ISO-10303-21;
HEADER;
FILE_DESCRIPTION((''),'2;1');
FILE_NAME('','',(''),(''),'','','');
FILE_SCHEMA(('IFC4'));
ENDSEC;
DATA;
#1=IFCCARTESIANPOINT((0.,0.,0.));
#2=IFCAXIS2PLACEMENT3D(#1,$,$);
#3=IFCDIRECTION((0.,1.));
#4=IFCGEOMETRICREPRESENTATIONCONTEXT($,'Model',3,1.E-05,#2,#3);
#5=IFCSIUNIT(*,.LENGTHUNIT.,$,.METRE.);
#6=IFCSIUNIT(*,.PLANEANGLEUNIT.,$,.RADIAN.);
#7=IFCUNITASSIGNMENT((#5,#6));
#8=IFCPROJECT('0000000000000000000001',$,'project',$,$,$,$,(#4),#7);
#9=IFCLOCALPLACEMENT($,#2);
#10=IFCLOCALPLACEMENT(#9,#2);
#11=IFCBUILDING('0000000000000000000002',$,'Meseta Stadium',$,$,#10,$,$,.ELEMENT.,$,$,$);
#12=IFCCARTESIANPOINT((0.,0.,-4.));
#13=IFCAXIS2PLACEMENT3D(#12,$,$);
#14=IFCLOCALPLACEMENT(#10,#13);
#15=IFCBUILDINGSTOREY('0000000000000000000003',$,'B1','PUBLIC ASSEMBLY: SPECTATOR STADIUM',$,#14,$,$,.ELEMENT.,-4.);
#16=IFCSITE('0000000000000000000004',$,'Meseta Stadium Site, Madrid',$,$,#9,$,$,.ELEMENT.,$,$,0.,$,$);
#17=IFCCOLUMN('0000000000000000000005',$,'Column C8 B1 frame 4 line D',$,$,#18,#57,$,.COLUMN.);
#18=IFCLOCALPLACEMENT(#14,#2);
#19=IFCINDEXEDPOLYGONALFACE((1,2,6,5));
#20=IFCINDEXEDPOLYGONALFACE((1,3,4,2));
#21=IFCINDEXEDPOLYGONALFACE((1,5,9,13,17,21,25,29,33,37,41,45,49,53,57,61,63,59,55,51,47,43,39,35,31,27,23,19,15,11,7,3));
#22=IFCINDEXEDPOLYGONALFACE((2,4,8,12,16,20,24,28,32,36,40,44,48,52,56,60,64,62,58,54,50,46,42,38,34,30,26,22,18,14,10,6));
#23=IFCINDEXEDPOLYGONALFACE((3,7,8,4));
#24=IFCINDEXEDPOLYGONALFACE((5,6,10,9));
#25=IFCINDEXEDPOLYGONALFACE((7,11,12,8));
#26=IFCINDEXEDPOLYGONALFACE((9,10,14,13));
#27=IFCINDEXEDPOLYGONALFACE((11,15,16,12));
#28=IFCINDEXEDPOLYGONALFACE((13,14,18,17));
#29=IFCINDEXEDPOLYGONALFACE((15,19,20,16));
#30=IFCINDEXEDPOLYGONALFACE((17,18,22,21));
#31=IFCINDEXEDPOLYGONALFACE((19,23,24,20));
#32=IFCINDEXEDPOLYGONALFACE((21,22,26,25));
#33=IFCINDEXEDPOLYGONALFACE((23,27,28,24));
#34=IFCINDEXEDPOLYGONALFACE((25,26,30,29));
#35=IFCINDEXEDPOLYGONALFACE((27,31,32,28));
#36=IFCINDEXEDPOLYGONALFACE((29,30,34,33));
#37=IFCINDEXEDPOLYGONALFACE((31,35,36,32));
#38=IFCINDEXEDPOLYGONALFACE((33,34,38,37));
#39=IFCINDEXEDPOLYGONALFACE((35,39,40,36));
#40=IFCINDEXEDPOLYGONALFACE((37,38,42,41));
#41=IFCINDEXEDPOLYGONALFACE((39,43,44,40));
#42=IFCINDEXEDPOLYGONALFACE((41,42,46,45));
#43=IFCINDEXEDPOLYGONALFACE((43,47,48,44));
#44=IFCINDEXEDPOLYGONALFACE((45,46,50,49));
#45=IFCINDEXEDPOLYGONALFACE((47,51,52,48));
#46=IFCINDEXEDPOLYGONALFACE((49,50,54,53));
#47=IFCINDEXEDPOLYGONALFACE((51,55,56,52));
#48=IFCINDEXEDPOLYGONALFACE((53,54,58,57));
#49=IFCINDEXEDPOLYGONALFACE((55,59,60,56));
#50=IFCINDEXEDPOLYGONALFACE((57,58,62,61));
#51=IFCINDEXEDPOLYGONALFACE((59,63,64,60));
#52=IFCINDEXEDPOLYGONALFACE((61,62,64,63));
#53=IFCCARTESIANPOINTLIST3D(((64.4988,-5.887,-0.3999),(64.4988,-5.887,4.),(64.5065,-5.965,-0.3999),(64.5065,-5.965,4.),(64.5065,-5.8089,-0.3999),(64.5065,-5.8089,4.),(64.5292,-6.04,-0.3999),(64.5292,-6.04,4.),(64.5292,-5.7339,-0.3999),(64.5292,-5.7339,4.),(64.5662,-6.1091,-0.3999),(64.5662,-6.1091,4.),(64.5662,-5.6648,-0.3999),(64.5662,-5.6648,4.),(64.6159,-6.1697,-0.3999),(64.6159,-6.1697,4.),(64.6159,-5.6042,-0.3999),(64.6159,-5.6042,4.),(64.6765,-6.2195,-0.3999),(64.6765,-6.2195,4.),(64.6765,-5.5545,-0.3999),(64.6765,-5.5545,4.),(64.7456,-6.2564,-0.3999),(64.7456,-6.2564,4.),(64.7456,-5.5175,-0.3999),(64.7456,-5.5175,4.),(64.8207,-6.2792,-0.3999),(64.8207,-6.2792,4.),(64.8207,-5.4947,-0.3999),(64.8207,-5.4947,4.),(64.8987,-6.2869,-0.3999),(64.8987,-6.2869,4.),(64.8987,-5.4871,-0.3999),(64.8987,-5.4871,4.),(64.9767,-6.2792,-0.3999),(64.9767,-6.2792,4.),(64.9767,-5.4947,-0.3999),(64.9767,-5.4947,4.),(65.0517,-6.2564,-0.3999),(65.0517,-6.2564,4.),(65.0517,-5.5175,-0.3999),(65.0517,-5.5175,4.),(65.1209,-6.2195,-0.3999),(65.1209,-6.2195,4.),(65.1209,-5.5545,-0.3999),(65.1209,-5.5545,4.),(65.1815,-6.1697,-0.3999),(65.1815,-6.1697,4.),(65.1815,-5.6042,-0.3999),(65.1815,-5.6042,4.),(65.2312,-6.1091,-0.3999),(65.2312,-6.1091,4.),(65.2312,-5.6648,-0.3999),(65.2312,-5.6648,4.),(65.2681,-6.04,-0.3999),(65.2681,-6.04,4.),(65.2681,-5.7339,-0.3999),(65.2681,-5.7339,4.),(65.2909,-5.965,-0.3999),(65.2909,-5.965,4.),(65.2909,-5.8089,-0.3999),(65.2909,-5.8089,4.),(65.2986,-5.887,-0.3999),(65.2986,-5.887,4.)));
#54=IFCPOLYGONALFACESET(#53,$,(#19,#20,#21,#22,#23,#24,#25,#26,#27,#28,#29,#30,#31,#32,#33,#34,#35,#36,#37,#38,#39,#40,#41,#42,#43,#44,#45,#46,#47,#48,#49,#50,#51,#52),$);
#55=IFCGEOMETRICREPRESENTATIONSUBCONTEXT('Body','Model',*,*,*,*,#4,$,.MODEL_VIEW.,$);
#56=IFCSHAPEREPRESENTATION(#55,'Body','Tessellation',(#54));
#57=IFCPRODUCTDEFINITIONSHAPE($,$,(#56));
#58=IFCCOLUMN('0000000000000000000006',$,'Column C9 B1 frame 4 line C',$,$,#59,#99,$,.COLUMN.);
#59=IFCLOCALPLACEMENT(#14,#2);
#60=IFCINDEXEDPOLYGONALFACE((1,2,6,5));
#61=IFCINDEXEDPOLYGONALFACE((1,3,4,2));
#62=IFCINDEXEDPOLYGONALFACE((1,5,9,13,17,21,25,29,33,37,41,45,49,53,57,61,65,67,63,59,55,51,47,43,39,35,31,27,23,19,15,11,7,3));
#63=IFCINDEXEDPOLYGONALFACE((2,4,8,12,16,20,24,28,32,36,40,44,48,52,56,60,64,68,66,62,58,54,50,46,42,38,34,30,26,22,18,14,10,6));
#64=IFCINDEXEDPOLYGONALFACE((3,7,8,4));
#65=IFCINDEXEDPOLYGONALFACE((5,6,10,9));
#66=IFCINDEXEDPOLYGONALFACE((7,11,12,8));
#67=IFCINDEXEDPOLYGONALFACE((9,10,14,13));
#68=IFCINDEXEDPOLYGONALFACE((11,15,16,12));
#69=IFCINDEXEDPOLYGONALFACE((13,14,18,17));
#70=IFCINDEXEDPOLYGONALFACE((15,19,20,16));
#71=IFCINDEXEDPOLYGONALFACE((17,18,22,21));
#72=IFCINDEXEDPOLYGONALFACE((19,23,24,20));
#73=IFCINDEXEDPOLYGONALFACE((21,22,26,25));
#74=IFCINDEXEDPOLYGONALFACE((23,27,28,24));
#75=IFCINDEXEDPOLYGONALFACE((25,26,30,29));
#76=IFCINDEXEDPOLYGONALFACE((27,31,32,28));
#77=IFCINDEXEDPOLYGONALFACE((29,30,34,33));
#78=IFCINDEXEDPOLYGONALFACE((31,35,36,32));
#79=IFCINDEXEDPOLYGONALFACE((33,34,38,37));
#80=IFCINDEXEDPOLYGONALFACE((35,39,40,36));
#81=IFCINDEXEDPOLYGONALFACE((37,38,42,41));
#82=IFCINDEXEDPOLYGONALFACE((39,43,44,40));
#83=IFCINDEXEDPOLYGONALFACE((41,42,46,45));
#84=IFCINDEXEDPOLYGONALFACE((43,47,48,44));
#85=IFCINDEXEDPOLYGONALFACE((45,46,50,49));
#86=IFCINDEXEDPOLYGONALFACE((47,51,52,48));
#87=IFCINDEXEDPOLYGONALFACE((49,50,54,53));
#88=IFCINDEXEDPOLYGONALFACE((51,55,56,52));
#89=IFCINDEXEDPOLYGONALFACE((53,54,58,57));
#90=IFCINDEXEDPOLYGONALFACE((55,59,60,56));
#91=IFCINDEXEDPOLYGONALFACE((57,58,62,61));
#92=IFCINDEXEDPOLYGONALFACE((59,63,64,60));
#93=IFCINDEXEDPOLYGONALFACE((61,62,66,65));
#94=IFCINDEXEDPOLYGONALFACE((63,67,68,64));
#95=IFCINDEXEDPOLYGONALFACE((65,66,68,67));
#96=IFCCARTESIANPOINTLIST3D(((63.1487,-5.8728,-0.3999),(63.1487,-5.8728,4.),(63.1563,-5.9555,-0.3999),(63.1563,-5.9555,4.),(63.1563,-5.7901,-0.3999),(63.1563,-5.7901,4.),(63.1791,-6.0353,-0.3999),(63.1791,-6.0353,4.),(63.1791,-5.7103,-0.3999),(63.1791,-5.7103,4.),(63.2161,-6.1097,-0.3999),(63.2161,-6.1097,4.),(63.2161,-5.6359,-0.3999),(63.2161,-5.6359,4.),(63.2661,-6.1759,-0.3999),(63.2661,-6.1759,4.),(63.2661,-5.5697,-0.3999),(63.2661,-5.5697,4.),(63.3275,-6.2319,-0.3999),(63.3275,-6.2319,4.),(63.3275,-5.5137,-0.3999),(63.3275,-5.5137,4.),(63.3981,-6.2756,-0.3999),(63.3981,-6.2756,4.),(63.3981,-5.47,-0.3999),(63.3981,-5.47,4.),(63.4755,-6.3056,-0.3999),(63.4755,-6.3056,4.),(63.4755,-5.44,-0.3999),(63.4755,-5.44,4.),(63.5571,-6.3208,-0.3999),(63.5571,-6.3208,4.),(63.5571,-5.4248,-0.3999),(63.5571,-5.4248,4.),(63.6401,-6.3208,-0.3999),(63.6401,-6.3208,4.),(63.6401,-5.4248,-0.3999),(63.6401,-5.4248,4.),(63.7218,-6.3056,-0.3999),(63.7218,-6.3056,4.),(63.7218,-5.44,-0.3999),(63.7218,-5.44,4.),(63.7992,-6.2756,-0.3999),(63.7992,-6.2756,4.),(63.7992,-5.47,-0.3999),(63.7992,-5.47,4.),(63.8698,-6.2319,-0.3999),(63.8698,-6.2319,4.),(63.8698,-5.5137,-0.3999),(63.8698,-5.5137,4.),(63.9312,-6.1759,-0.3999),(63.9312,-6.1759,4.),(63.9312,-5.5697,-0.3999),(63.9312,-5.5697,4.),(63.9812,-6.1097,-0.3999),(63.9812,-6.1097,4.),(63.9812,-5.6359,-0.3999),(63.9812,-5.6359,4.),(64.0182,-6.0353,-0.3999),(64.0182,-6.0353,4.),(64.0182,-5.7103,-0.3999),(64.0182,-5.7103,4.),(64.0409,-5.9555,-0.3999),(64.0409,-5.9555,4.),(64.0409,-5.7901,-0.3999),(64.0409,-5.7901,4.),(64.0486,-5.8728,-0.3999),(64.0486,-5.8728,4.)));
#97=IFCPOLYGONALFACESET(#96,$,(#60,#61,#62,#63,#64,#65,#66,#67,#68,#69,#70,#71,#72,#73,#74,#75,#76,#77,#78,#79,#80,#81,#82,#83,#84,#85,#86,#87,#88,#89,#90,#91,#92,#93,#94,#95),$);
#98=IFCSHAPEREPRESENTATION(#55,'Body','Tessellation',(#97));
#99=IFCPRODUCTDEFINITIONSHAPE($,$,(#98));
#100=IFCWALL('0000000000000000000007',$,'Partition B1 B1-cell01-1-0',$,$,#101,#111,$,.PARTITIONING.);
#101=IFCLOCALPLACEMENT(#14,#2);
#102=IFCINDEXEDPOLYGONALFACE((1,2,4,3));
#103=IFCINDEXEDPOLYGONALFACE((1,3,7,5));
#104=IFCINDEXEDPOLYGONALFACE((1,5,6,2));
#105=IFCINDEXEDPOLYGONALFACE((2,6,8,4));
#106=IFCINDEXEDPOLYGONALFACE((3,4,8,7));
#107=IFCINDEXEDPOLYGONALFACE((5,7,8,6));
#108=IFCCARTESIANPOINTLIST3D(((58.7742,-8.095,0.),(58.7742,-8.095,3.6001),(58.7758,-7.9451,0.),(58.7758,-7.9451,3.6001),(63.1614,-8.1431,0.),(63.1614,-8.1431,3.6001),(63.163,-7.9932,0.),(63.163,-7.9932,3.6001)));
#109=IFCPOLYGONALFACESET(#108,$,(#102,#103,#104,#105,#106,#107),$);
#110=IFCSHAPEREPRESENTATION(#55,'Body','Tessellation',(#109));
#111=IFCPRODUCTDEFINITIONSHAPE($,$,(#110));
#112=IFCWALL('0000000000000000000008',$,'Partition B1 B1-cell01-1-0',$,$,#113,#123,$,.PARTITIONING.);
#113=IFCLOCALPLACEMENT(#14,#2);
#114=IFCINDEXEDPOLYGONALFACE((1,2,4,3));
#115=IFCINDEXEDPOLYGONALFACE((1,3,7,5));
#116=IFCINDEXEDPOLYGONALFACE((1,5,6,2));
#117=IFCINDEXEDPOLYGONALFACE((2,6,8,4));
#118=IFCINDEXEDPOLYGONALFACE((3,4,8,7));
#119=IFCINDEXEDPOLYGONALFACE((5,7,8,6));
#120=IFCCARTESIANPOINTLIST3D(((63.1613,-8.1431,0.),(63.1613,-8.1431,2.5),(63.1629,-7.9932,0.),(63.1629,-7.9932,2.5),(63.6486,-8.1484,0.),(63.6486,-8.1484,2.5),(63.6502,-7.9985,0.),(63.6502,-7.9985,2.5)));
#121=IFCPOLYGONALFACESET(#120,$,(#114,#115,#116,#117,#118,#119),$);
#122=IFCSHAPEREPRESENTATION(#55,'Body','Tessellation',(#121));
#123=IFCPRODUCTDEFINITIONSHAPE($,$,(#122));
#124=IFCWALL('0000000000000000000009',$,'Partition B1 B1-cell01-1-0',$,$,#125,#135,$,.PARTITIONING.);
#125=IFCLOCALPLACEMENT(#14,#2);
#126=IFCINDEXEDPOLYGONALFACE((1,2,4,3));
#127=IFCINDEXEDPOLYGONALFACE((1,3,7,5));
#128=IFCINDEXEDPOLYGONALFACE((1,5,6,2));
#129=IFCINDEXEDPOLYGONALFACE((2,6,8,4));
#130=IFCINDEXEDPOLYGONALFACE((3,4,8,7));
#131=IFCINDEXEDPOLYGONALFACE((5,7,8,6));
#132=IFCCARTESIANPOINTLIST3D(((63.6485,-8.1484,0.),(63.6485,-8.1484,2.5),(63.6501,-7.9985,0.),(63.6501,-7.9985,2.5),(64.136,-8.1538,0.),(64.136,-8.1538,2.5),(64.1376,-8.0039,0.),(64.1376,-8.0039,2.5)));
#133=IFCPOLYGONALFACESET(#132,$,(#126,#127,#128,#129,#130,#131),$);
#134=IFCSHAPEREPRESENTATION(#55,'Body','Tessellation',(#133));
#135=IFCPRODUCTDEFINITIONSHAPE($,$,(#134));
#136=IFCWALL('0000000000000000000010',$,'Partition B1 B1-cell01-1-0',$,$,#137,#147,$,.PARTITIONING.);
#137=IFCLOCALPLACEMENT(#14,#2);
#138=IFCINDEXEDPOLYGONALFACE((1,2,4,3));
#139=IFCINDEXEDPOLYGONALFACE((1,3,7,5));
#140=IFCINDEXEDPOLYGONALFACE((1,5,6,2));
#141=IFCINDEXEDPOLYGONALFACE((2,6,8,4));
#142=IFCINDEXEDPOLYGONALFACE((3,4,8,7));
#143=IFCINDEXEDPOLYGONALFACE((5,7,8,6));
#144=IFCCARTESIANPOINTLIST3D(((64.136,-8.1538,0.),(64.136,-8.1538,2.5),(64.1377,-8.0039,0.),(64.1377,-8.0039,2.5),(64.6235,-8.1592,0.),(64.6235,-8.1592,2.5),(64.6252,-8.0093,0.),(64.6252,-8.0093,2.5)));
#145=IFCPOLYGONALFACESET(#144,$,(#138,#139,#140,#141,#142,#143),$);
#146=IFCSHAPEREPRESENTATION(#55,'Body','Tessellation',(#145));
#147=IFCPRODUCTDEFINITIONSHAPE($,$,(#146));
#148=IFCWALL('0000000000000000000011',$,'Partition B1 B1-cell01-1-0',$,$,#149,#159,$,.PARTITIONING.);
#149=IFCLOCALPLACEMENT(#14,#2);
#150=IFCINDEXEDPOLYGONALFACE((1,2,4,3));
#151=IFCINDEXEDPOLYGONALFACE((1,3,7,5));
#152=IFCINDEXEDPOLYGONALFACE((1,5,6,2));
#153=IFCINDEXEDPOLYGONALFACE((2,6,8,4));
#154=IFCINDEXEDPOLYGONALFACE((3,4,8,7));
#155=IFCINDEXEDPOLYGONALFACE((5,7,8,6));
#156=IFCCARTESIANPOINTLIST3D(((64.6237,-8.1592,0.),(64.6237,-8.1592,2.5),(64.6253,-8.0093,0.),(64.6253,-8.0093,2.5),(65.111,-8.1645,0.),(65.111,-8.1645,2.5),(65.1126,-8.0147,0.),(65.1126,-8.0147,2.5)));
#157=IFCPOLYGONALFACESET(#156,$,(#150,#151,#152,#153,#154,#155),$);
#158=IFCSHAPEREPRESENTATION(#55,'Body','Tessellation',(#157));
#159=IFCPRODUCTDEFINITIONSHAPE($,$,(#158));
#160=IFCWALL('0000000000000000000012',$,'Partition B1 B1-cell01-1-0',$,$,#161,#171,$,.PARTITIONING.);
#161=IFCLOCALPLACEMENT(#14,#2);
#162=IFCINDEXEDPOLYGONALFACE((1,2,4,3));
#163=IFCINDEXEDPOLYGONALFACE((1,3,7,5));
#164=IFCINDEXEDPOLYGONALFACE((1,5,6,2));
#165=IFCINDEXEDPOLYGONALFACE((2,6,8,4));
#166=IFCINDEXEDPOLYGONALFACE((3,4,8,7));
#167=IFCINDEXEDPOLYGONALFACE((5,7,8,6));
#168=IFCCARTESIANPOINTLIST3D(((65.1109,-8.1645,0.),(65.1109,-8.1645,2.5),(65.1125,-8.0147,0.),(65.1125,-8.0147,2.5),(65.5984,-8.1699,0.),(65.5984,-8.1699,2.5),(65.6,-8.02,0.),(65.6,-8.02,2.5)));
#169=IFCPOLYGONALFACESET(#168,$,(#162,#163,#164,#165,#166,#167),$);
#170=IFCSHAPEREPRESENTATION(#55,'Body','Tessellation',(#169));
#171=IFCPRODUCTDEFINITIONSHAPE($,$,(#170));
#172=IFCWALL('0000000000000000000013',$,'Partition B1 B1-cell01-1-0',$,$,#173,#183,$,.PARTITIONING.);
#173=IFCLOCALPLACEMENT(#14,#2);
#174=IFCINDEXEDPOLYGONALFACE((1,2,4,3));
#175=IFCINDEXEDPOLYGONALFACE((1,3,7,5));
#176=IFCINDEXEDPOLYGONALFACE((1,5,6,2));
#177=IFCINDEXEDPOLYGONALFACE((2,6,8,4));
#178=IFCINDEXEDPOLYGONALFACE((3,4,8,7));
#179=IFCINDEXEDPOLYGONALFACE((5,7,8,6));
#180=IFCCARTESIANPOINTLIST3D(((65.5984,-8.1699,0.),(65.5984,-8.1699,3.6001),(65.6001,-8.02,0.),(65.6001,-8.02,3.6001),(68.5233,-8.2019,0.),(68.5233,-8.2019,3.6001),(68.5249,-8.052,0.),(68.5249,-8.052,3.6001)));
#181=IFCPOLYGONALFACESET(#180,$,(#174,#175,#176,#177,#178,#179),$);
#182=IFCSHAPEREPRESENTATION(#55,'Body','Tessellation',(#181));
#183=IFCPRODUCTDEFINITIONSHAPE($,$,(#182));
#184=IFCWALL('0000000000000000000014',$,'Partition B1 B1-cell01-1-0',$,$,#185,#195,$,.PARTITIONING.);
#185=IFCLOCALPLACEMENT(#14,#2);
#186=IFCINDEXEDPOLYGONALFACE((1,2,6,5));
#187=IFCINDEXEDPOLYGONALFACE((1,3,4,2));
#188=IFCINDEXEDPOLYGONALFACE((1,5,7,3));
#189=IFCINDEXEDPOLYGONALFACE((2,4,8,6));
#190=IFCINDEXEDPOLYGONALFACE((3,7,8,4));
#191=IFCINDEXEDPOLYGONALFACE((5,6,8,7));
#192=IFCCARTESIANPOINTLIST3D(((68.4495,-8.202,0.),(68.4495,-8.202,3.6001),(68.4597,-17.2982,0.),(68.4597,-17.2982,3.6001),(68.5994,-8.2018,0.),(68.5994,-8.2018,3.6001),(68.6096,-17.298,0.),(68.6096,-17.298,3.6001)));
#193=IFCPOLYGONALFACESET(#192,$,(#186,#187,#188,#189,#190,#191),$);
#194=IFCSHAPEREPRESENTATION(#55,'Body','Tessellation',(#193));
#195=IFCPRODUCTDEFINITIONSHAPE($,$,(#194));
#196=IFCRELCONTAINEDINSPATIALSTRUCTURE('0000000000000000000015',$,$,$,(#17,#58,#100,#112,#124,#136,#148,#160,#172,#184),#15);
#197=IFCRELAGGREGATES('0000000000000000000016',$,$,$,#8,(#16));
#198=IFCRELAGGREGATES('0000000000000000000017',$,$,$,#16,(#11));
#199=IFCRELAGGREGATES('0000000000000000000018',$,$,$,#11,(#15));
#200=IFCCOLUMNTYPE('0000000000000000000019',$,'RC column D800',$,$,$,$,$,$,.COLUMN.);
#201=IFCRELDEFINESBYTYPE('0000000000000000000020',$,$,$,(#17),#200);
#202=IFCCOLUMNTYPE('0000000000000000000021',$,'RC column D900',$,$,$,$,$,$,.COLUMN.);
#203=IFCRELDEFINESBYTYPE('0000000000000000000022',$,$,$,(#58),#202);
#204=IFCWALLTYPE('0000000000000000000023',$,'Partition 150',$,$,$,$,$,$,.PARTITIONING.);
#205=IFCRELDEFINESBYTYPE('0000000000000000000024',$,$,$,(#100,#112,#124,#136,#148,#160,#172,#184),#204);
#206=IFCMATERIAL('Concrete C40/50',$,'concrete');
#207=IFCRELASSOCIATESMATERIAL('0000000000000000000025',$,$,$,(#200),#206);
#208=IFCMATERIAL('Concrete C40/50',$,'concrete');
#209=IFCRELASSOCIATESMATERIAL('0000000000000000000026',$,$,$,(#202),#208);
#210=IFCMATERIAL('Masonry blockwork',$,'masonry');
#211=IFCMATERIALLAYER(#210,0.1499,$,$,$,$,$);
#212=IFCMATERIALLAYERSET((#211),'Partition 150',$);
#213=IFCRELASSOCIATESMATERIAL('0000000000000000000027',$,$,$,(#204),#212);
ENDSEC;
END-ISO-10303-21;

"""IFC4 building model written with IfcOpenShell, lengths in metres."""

from ifc_helpers import new_model, si_unit, direction, frame, frame_2d, origin, origin_2d, place, context, subcontext, project, spatial, rectangle, circle, extrude, material, layer, layer_set, material_profile, profile_set, type_object, element, save


model = new_model("IFC4")

# Units and contexts
model_context = context("Model", 3, precision=1e-05, world=origin(), true_north=direction((0.0, 1.0)))
body_context = subcontext(model_context, "Body", "Model", "MODEL_VIEW")
ifc_project = project(units=[si_unit("LENGTHUNIT", "METRE"), si_unit("PLANEANGLEUNIT", "RADIAN")], contexts=[model_context])

# Site, building, storey
site_placement = place(None, origin())
site = spatial("IfcSite", under=ifc_project, at=site_placement, Name="Meseta Stadium Site, Madrid", CompositionType="ELEMENT", RefElevation=0.0)
building_placement = place(site_placement, origin())
building = spatial("IfcBuilding", under=site, at=building_placement, Name="Meseta Stadium", CompositionType="ELEMENT")
storey_placement = place(building_placement, frame((0.0, 0.0, -4.0)))
storey = spatial("IfcBuildingStorey", under=building, at=storey_placement, Name="B1", Description="PUBLIC ASSEMBLY: SPECTATOR STADIUM", CompositionType="ELEMENT", Elevation=-4.0)

# Columns
ifc_material_1 = material(Name="Concrete C40/50", Category="concrete")
ifc_material_profile_1 = material_profile(ifc_material_1, circle(Radius=0.3999, at=origin_2d()), Name="RC D800")
ifc_profile_set_1 = profile_set([ifc_material_profile_1], Name="Concrete C40/50")
column_type_1 = type_object("IfcColumnType", Name="RC column D800", PredefinedType="COLUMN", material=ifc_profile_set_1)
column_1_placement = place(storey_placement, frame((64.8987, -5.887, -0.3999), z_axis=(0.0, 0.0, 1.0), x_axis=(1.0, 0.0, 0.0)))
element("IfcColumn", 1, at=column_1_placement, inside=storey, type_object=column_type_1, Name="Column C8 B1 frame 4 line D", PredefinedType="COLUMN", context=body_context, shape_type="SweptSolid", body=[
    extrude(circle(Radius=0.3999, at=origin_2d()), origin(), (0.0, 0.0, 1.0), 4.3999),
])
ifc_material_2 = material(Name="Concrete C40/50", Category="concrete")
ifc_material_profile_2 = material_profile(ifc_material_2, circle(Radius=0.45, at=origin_2d()), Name="RC D900")
ifc_profile_set_2 = profile_set([ifc_material_profile_2], Name="Concrete C40/50")
column_type_2 = type_object("IfcColumnType", Name="RC column D900", PredefinedType="COLUMN", material=ifc_profile_set_2)
column_2_placement = place(storey_placement, frame((63.5986, -5.8728, -0.3999), z_axis=(0.0, 0.0, 1.0), x_axis=(1.0, 0.0, 0.0)))
element("IfcColumn", 2, at=column_2_placement, inside=storey, type_object=column_type_2, Name="Column C9 B1 frame 4 line C", PredefinedType="COLUMN", context=body_context, shape_type="SweptSolid", body=[
    extrude(circle(Radius=0.45, at=origin_2d()), origin(), (0.0, 0.0, 1.0), 4.3999),
])

# Walls
ifc_material_3 = material(Name="Masonry blockwork", Category="masonry")
ifc_layer = layer(ifc_material_3, 0.1499)
ifc_layer_set = layer_set([ifc_layer], Name="Partition 150")
wall_type = type_object("IfcWallType", Name="Partition 150", PredefinedType="PARTITIONING", material=ifc_layer_set)
wall_1_placement = place(storey_placement, frame((58.7749, -8.02, 0.0), z_axis=(0.0, 0.0, 1.0), x_axis=(0.99994, -0.010962, 0.0)))
element("IfcWall", 3, at=wall_1_placement, inside=storey, type_object=wall_type, Name="Partition B1 B1-cell01-1-0", PredefinedType="PARTITIONING", context=body_context, shape_type="SweptSolid", body=[
    extrude(rectangle(XDim=4.3875, YDim=0.1499, at=frame_2d((2.1938, 0.0))), origin(), (0.0, 0.0, 1.0), 3.6001),
])
wall_2_placement = place(storey_placement, frame((63.1621, -8.0681, 0.0), z_axis=(0.0, 0.0, 1.0), x_axis=(0.999939, -0.011021, 0.0)))
element("IfcWall", 4, at=wall_2_placement, inside=storey, type_object=wall_type, Name="Partition B1 B1-cell01-1-0", PredefinedType="PARTITIONING", context=body_context, shape_type="SweptSolid", body=[
    extrude(rectangle(XDim=0.4873, YDim=0.1499, at=frame_2d((0.2437, 0.0))), origin(), (0.0, 0.0, 1.0), 2.5),
])
for number, where, z_axis, x_axis, name in (
    (5, (63.6494, -8.0735, 0.0), (0.0, 0.0, 1.0), (0.999939, -0.011016, 0.0), "Partition B1 B1-cell01-1-0"),
    (6, (64.137, -8.0789, 0.0), (0.0, 0.0, 1.0), (0.999939, -0.011016, 0.0), "Partition B1 B1-cell01-1-0"),
):
    element("IfcWall", number, at=place(storey_placement, frame(where, z_axis=z_axis, x_axis=x_axis)), inside=storey, type_object=wall_type, Name=name, PredefinedType="PARTITIONING", context=body_context, shape_type="SweptSolid", body=[
        extrude(rectangle(XDim=0.4875, YDim=0.1499, at=frame_2d((0.2437, 0.0))), origin(), (0.0, 0.0, 1.0), 2.5),
    ])
wall_3_placement = place(storey_placement, frame((64.6245, -8.0842, 0.0), z_axis=(0.0, 0.0, 1.0), x_axis=(0.999939, -0.011021, 0.0)))
element("IfcWall", 7, at=wall_3_placement, inside=storey, type_object=wall_type, Name="Partition B1 B1-cell01-1-0", PredefinedType="PARTITIONING", context=body_context, shape_type="SweptSolid", body=[
    extrude(rectangle(XDim=0.4873, YDim=0.1499, at=frame_2d((0.2437, 0.0))), origin(), (0.0, 0.0, 1.0), 2.5),
])
wall_4_placement = place(storey_placement, frame((65.1118, -8.0896, 0.0), z_axis=(0.0, 0.0, 1.0), x_axis=(0.999939, -0.011016, 0.0)))
element("IfcWall", 8, at=wall_4_placement, inside=storey, type_object=wall_type, Name="Partition B1 B1-cell01-1-0", PredefinedType="PARTITIONING", context=body_context, shape_type="SweptSolid", body=[
    extrude(rectangle(XDim=0.4875, YDim=0.1499, at=frame_2d((0.2437, 0.0))), origin(), (0.0, 0.0, 1.0), 2.5),
])
wall_5_placement = place(storey_placement, frame((65.5994, -8.095, 0.0), z_axis=(0.0, 0.0, 1.0), x_axis=(0.99994, -0.010934, 0.0)))
element("IfcWall", 9, at=wall_5_placement, inside=storey, type_object=wall_type, Name="Partition B1 B1-cell01-1-0", PredefinedType="PARTITIONING", context=body_context, shape_type="SweptSolid", body=[
    extrude(rectangle(XDim=2.925, YDim=0.1499, at=frame_2d((1.4624, 0.0))), origin(), (0.0, 0.0, 1.0), 3.6001),
])
wall_6_placement = place(storey_placement, frame((68.5244, -8.2019, 0.0), z_axis=(0.0, 0.0, 1.0), x_axis=(0.001127, -0.999999, 0.0)))
element("IfcWall", 10, at=wall_6_placement, inside=storey, type_object=wall_type, Name="Partition B1 B1-cell01-1-0", PredefinedType="PARTITIONING", context=body_context, shape_type="SweptSolid", body=[
    extrude(rectangle(XDim=9.0962, YDim=0.1499, at=frame_2d((4.5481, 0.0))), origin(), (0.0, 0.0, 1.0), 3.6001),
])

save(model, "model.ifc")
